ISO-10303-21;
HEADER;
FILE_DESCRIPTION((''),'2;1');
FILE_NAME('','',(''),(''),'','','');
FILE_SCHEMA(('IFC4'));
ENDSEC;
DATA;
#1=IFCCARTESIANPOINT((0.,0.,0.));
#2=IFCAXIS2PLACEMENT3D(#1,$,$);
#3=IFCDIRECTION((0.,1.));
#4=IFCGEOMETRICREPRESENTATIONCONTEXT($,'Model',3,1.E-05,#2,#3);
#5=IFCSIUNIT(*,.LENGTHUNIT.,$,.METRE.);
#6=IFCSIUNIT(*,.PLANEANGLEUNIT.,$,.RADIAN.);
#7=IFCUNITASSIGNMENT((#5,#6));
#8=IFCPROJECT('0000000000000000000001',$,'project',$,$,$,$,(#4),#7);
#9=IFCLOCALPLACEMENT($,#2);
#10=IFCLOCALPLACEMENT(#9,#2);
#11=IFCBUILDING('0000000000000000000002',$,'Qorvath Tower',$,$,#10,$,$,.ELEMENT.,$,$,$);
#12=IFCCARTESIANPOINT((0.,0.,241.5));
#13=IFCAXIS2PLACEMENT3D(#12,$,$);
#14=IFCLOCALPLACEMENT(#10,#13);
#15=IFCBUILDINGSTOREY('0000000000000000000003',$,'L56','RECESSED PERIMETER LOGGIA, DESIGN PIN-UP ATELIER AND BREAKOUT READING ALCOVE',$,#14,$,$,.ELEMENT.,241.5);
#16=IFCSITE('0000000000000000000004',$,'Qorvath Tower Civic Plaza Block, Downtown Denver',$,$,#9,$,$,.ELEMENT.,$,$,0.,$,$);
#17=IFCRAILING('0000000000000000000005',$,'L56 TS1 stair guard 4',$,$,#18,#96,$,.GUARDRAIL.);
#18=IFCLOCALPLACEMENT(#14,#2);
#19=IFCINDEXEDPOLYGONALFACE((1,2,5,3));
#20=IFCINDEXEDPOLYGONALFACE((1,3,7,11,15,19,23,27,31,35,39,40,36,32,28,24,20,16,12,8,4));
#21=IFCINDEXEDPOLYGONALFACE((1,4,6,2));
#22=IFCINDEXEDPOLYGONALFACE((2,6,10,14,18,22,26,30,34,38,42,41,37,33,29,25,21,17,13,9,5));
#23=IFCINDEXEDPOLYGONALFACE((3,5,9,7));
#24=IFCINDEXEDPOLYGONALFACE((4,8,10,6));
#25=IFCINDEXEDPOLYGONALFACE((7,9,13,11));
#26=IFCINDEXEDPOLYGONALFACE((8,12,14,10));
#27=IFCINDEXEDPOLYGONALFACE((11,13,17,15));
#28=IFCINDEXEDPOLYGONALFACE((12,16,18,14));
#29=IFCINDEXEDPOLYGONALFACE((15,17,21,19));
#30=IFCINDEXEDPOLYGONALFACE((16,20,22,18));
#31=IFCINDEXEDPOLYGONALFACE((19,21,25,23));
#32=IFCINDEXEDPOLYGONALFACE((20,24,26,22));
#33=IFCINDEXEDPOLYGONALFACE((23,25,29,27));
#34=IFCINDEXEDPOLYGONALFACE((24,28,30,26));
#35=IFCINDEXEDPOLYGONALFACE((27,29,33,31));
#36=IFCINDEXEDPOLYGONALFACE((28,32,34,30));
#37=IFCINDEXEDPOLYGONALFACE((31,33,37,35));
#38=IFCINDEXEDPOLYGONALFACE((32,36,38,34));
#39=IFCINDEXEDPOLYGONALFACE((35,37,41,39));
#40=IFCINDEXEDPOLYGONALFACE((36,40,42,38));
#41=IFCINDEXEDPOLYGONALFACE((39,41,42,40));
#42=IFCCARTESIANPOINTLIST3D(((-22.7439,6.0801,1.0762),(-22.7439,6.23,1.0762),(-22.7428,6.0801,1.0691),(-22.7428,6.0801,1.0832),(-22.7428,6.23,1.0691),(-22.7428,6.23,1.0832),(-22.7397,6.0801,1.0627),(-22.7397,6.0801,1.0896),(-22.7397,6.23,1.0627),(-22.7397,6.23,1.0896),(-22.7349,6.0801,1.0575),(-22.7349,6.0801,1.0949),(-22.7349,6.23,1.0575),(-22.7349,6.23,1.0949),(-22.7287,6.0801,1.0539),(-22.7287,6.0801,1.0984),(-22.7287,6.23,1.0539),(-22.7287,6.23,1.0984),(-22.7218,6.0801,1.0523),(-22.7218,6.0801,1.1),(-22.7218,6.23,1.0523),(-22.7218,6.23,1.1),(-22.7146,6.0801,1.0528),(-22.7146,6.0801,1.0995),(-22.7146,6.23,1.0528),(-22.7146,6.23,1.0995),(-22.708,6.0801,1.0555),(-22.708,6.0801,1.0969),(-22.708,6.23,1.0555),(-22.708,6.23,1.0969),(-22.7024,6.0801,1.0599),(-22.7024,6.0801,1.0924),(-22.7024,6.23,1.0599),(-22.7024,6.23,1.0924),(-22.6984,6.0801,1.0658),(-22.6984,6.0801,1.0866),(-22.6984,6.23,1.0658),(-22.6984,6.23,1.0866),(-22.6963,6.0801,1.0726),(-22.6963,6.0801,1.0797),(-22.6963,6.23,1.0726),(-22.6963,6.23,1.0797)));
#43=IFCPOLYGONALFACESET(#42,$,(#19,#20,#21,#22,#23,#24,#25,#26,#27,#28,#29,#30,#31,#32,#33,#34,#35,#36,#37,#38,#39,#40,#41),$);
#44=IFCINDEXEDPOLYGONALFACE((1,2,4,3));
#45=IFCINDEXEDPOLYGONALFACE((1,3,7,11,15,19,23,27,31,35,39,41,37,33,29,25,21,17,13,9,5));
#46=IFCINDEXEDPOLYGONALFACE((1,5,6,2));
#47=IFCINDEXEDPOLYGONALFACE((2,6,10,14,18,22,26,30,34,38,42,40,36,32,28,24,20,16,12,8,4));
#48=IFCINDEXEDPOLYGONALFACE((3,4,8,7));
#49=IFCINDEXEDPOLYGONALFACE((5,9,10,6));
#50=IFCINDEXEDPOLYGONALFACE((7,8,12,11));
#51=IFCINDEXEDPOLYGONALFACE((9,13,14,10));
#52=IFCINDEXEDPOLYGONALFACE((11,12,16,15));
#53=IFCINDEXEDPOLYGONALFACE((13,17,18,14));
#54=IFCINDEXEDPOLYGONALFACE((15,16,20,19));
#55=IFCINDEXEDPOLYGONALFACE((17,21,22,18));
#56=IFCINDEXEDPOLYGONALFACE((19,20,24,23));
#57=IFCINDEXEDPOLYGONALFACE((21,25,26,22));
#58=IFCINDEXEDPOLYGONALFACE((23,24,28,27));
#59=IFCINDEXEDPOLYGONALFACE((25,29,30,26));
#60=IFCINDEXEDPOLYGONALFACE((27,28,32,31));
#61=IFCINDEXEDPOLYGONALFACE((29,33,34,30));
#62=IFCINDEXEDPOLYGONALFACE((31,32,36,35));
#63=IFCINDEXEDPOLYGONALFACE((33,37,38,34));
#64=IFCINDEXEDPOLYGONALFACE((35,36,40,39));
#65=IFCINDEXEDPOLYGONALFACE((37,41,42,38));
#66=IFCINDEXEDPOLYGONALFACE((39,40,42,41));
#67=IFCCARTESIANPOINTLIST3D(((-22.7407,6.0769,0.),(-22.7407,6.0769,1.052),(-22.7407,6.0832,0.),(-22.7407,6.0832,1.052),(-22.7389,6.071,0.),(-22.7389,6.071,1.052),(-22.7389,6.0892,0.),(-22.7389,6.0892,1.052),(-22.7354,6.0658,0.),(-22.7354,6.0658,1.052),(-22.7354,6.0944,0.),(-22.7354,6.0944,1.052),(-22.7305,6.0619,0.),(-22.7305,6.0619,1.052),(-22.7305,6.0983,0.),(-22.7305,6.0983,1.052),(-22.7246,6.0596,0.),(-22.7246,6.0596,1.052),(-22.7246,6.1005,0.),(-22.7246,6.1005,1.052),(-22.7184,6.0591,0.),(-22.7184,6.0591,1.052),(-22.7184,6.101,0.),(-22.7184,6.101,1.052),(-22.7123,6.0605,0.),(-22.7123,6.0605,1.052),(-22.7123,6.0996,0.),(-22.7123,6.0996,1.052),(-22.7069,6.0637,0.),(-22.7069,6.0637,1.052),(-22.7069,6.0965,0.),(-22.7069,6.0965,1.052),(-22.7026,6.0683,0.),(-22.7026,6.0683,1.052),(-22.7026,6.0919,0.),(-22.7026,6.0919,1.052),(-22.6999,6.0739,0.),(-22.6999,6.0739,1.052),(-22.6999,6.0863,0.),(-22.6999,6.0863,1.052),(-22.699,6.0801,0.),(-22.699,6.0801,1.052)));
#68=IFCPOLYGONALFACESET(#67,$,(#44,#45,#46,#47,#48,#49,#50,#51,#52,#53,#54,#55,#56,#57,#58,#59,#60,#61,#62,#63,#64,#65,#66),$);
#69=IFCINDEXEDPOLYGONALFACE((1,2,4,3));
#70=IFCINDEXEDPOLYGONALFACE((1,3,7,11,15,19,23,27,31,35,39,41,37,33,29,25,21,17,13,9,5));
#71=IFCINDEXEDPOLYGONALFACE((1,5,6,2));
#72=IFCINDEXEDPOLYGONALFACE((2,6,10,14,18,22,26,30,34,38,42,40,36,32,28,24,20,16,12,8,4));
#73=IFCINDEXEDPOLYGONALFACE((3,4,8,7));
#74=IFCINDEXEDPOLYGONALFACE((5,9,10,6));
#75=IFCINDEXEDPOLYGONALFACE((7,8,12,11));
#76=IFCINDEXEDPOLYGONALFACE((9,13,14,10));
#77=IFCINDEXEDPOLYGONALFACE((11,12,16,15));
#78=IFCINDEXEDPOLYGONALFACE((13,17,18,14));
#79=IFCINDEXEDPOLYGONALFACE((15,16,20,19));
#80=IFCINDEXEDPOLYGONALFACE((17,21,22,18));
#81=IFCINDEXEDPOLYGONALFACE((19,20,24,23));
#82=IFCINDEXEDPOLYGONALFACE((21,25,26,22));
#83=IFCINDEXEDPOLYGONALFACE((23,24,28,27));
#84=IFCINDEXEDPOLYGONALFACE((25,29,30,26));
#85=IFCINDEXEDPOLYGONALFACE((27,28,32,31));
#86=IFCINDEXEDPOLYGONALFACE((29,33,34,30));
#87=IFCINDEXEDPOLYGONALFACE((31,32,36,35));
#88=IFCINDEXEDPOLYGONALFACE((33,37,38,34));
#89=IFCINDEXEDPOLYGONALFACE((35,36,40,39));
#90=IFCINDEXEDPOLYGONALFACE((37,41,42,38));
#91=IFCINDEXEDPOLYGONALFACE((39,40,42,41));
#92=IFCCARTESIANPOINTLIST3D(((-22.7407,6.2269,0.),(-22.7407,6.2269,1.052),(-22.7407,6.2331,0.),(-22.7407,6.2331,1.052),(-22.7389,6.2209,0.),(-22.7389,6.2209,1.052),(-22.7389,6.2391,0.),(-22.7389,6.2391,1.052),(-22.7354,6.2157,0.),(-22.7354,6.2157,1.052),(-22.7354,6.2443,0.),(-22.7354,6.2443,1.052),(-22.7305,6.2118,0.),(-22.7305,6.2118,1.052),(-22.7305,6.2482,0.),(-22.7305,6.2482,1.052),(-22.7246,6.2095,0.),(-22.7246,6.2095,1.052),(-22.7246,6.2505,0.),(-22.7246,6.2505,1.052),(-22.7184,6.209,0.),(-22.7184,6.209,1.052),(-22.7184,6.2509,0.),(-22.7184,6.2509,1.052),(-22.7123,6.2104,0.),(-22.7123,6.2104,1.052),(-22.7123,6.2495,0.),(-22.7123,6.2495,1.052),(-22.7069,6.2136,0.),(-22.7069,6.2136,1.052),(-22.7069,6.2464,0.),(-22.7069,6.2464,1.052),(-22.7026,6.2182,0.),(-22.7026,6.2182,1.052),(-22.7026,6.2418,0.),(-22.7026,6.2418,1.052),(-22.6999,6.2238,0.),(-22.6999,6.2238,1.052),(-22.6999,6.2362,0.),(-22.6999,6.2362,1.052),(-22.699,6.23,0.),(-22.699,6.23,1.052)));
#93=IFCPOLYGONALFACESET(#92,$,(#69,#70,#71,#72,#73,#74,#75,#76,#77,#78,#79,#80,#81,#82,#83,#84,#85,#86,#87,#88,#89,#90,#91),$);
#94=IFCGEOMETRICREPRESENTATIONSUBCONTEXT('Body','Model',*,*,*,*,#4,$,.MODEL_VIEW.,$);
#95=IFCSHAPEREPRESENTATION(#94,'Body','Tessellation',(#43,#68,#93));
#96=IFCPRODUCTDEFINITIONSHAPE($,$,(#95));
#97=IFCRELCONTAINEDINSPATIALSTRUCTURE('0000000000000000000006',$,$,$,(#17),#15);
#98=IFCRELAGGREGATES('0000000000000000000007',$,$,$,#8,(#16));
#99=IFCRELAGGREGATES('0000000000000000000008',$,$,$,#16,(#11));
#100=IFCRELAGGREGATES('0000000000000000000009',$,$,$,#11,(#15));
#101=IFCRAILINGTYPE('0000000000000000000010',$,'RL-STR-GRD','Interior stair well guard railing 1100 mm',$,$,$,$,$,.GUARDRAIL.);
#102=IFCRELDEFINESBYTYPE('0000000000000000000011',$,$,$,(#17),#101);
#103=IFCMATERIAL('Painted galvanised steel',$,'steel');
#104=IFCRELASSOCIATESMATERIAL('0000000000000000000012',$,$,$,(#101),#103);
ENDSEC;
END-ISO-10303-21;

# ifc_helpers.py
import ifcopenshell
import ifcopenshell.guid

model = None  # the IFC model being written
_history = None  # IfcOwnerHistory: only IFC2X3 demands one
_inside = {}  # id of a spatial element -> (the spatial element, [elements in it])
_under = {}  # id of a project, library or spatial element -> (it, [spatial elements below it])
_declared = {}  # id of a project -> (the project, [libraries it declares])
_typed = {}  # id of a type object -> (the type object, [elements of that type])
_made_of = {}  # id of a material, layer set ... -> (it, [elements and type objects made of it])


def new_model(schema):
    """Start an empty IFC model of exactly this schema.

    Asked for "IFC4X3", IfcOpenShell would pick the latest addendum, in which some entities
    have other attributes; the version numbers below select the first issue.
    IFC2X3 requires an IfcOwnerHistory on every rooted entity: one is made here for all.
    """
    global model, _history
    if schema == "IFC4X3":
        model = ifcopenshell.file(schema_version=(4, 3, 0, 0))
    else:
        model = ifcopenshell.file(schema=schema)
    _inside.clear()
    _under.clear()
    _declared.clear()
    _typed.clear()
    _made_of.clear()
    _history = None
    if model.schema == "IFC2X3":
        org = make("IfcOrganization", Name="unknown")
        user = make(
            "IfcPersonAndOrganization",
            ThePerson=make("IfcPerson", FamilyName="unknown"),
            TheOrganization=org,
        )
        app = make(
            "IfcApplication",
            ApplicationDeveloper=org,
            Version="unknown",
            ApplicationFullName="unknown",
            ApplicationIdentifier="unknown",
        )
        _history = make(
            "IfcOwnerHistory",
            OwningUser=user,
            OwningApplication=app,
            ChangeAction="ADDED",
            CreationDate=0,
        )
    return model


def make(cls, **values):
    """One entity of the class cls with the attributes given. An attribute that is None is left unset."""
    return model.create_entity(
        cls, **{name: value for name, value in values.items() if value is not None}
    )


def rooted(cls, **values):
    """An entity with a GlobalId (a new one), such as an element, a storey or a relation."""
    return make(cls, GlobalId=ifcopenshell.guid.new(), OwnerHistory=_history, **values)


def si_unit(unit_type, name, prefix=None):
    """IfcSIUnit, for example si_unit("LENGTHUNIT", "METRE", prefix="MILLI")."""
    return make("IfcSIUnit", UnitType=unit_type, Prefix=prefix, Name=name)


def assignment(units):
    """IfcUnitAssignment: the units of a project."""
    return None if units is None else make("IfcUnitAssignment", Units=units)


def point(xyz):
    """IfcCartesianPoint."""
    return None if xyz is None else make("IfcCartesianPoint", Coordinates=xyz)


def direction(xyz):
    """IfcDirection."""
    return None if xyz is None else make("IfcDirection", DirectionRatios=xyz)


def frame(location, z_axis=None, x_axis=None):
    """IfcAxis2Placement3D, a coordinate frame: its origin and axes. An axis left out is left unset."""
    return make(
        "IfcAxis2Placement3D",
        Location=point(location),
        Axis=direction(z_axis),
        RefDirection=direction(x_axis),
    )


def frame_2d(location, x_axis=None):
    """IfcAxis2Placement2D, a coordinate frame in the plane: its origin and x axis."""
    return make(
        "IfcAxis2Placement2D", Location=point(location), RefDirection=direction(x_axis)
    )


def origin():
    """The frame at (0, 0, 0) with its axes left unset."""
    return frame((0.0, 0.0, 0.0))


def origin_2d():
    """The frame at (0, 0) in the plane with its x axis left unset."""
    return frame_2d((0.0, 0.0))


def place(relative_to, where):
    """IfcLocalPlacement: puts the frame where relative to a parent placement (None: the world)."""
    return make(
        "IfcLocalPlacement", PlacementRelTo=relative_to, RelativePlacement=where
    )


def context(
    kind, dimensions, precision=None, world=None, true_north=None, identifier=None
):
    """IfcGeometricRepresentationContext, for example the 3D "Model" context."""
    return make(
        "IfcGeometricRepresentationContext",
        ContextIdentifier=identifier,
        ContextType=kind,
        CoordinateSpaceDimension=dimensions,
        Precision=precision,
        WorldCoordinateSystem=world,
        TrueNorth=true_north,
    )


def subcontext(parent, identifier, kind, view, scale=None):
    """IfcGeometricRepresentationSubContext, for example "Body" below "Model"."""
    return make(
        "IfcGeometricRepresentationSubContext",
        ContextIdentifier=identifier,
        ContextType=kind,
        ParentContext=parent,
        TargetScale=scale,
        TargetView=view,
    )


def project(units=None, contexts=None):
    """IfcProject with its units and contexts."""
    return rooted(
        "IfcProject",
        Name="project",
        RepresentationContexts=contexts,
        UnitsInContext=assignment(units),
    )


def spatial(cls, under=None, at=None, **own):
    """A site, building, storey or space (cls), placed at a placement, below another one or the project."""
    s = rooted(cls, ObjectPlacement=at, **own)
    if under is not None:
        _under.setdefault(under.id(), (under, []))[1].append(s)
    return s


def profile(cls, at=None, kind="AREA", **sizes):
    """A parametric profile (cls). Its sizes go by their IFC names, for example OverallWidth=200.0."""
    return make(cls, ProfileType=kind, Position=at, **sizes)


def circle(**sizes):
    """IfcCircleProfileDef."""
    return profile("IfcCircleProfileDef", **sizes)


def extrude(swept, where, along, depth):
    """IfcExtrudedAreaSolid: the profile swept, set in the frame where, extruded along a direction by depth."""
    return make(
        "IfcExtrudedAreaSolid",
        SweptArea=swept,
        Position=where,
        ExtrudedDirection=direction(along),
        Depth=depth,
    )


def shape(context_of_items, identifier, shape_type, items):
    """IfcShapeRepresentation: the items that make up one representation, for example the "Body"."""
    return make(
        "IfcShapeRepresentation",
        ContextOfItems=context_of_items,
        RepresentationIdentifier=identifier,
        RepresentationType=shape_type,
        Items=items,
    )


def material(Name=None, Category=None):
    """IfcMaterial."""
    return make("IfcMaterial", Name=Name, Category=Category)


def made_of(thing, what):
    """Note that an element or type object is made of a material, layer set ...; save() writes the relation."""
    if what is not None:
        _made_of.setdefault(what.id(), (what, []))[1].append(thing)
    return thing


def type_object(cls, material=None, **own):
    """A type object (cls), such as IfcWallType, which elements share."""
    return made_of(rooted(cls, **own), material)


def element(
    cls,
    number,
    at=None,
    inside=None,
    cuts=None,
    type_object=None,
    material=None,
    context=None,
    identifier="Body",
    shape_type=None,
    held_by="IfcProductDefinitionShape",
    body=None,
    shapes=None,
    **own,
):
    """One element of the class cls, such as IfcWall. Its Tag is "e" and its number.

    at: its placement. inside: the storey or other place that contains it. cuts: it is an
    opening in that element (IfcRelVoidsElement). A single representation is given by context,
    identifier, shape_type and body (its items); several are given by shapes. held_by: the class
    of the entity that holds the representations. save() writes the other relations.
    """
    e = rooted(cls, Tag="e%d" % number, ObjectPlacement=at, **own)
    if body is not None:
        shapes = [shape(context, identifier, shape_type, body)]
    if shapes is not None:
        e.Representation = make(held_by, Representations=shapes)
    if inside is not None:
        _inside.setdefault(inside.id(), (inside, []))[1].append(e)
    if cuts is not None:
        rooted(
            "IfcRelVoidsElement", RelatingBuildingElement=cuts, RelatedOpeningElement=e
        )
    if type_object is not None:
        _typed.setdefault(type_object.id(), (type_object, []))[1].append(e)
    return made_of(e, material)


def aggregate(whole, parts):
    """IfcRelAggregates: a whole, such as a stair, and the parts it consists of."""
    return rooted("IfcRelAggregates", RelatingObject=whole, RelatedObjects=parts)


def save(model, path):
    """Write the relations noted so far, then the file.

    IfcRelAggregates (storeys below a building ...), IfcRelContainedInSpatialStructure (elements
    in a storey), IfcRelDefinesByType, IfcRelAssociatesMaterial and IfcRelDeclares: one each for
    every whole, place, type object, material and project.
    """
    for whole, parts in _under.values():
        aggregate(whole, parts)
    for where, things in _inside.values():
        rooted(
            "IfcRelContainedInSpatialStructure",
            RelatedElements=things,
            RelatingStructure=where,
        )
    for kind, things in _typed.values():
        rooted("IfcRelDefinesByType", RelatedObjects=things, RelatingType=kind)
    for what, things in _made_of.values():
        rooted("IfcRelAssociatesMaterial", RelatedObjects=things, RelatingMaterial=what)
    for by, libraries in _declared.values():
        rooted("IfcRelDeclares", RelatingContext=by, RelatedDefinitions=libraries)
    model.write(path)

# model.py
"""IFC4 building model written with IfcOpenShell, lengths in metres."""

from ifc_helpers import new_model, si_unit, direction, frame, origin, origin_2d, place, context, subcontext, project, spatial, circle, extrude, material, type_object, element, save


model = new_model("IFC4")

# Units and contexts
model_context = context("Model", 3, precision=1e-05, world=origin(), true_north=direction((0.0, 1.0)))
body_context = subcontext(model_context, "Body", "Model", "MODEL_VIEW")
ifc_project = project(units=[si_unit("LENGTHUNIT", "METRE"), si_unit("PLANEANGLEUNIT", "RADIAN")], contexts=[model_context])

# Site, building, storey
site_placement = place(None, origin())
site = spatial("IfcSite", under=ifc_project, at=site_placement, Name="Qorvath Tower Civic Plaza Block, Downtown Denver", CompositionType="ELEMENT", RefElevation=0.0)
building_placement = place(site_placement, origin())
building = spatial("IfcBuilding", under=site, at=building_placement, Name="Qorvath Tower", CompositionType="ELEMENT")
storey_placement = place(building_placement, frame((0.0, 0.0, 241.5)))
storey = spatial("IfcBuildingStorey", under=building, at=storey_placement, Name="L56", Description="RECESSED PERIMETER LOGGIA, DESIGN PIN-UP ATELIER AND BREAKOUT READING ALCOVE", CompositionType="ELEMENT", Elevation=241.5)

# Railing
ifc_material_1 = material(Name="Painted galvanised steel", Category="steel")
railing_type_1 = type_object("IfcRailingType", Name="RL-STR-GRD", Description="Interior stair well guard railing 1100 mm", PredefinedType="GUARDRAIL", material=ifc_material_1)
railing_1_placement = place(storey_placement, frame((-22.72, 6.0801, 0.0)))
element("IfcRailing", 1, at=railing_1_placement, inside=storey, type_object=railing_type_1, Name="L56 TS1 stair guard 4", PredefinedType="GUARDRAIL", context=body_context, shape_type="SweptSolid", body=[
    extrude(circle(Radius=0.0239, at=origin_2d()), frame((0.0, 0.0, 1.0762), z_axis=(0.0, 1.0, 0.0), x_axis=(-1.0, 0.0, 0.0)), (0.0, 0.0, 1.0), 0.1499),
    extrude(circle(Radius=0.021, at=origin_2d()), origin(), (0.0, 0.0, 1.0), 1.052),
    extrude(circle(Radius=0.021, at=origin_2d()), frame((0.0, 0.1499, 0.0)), (0.0, 0.0, 1.0), 1.052),
])

save(model, "model.ifc")
